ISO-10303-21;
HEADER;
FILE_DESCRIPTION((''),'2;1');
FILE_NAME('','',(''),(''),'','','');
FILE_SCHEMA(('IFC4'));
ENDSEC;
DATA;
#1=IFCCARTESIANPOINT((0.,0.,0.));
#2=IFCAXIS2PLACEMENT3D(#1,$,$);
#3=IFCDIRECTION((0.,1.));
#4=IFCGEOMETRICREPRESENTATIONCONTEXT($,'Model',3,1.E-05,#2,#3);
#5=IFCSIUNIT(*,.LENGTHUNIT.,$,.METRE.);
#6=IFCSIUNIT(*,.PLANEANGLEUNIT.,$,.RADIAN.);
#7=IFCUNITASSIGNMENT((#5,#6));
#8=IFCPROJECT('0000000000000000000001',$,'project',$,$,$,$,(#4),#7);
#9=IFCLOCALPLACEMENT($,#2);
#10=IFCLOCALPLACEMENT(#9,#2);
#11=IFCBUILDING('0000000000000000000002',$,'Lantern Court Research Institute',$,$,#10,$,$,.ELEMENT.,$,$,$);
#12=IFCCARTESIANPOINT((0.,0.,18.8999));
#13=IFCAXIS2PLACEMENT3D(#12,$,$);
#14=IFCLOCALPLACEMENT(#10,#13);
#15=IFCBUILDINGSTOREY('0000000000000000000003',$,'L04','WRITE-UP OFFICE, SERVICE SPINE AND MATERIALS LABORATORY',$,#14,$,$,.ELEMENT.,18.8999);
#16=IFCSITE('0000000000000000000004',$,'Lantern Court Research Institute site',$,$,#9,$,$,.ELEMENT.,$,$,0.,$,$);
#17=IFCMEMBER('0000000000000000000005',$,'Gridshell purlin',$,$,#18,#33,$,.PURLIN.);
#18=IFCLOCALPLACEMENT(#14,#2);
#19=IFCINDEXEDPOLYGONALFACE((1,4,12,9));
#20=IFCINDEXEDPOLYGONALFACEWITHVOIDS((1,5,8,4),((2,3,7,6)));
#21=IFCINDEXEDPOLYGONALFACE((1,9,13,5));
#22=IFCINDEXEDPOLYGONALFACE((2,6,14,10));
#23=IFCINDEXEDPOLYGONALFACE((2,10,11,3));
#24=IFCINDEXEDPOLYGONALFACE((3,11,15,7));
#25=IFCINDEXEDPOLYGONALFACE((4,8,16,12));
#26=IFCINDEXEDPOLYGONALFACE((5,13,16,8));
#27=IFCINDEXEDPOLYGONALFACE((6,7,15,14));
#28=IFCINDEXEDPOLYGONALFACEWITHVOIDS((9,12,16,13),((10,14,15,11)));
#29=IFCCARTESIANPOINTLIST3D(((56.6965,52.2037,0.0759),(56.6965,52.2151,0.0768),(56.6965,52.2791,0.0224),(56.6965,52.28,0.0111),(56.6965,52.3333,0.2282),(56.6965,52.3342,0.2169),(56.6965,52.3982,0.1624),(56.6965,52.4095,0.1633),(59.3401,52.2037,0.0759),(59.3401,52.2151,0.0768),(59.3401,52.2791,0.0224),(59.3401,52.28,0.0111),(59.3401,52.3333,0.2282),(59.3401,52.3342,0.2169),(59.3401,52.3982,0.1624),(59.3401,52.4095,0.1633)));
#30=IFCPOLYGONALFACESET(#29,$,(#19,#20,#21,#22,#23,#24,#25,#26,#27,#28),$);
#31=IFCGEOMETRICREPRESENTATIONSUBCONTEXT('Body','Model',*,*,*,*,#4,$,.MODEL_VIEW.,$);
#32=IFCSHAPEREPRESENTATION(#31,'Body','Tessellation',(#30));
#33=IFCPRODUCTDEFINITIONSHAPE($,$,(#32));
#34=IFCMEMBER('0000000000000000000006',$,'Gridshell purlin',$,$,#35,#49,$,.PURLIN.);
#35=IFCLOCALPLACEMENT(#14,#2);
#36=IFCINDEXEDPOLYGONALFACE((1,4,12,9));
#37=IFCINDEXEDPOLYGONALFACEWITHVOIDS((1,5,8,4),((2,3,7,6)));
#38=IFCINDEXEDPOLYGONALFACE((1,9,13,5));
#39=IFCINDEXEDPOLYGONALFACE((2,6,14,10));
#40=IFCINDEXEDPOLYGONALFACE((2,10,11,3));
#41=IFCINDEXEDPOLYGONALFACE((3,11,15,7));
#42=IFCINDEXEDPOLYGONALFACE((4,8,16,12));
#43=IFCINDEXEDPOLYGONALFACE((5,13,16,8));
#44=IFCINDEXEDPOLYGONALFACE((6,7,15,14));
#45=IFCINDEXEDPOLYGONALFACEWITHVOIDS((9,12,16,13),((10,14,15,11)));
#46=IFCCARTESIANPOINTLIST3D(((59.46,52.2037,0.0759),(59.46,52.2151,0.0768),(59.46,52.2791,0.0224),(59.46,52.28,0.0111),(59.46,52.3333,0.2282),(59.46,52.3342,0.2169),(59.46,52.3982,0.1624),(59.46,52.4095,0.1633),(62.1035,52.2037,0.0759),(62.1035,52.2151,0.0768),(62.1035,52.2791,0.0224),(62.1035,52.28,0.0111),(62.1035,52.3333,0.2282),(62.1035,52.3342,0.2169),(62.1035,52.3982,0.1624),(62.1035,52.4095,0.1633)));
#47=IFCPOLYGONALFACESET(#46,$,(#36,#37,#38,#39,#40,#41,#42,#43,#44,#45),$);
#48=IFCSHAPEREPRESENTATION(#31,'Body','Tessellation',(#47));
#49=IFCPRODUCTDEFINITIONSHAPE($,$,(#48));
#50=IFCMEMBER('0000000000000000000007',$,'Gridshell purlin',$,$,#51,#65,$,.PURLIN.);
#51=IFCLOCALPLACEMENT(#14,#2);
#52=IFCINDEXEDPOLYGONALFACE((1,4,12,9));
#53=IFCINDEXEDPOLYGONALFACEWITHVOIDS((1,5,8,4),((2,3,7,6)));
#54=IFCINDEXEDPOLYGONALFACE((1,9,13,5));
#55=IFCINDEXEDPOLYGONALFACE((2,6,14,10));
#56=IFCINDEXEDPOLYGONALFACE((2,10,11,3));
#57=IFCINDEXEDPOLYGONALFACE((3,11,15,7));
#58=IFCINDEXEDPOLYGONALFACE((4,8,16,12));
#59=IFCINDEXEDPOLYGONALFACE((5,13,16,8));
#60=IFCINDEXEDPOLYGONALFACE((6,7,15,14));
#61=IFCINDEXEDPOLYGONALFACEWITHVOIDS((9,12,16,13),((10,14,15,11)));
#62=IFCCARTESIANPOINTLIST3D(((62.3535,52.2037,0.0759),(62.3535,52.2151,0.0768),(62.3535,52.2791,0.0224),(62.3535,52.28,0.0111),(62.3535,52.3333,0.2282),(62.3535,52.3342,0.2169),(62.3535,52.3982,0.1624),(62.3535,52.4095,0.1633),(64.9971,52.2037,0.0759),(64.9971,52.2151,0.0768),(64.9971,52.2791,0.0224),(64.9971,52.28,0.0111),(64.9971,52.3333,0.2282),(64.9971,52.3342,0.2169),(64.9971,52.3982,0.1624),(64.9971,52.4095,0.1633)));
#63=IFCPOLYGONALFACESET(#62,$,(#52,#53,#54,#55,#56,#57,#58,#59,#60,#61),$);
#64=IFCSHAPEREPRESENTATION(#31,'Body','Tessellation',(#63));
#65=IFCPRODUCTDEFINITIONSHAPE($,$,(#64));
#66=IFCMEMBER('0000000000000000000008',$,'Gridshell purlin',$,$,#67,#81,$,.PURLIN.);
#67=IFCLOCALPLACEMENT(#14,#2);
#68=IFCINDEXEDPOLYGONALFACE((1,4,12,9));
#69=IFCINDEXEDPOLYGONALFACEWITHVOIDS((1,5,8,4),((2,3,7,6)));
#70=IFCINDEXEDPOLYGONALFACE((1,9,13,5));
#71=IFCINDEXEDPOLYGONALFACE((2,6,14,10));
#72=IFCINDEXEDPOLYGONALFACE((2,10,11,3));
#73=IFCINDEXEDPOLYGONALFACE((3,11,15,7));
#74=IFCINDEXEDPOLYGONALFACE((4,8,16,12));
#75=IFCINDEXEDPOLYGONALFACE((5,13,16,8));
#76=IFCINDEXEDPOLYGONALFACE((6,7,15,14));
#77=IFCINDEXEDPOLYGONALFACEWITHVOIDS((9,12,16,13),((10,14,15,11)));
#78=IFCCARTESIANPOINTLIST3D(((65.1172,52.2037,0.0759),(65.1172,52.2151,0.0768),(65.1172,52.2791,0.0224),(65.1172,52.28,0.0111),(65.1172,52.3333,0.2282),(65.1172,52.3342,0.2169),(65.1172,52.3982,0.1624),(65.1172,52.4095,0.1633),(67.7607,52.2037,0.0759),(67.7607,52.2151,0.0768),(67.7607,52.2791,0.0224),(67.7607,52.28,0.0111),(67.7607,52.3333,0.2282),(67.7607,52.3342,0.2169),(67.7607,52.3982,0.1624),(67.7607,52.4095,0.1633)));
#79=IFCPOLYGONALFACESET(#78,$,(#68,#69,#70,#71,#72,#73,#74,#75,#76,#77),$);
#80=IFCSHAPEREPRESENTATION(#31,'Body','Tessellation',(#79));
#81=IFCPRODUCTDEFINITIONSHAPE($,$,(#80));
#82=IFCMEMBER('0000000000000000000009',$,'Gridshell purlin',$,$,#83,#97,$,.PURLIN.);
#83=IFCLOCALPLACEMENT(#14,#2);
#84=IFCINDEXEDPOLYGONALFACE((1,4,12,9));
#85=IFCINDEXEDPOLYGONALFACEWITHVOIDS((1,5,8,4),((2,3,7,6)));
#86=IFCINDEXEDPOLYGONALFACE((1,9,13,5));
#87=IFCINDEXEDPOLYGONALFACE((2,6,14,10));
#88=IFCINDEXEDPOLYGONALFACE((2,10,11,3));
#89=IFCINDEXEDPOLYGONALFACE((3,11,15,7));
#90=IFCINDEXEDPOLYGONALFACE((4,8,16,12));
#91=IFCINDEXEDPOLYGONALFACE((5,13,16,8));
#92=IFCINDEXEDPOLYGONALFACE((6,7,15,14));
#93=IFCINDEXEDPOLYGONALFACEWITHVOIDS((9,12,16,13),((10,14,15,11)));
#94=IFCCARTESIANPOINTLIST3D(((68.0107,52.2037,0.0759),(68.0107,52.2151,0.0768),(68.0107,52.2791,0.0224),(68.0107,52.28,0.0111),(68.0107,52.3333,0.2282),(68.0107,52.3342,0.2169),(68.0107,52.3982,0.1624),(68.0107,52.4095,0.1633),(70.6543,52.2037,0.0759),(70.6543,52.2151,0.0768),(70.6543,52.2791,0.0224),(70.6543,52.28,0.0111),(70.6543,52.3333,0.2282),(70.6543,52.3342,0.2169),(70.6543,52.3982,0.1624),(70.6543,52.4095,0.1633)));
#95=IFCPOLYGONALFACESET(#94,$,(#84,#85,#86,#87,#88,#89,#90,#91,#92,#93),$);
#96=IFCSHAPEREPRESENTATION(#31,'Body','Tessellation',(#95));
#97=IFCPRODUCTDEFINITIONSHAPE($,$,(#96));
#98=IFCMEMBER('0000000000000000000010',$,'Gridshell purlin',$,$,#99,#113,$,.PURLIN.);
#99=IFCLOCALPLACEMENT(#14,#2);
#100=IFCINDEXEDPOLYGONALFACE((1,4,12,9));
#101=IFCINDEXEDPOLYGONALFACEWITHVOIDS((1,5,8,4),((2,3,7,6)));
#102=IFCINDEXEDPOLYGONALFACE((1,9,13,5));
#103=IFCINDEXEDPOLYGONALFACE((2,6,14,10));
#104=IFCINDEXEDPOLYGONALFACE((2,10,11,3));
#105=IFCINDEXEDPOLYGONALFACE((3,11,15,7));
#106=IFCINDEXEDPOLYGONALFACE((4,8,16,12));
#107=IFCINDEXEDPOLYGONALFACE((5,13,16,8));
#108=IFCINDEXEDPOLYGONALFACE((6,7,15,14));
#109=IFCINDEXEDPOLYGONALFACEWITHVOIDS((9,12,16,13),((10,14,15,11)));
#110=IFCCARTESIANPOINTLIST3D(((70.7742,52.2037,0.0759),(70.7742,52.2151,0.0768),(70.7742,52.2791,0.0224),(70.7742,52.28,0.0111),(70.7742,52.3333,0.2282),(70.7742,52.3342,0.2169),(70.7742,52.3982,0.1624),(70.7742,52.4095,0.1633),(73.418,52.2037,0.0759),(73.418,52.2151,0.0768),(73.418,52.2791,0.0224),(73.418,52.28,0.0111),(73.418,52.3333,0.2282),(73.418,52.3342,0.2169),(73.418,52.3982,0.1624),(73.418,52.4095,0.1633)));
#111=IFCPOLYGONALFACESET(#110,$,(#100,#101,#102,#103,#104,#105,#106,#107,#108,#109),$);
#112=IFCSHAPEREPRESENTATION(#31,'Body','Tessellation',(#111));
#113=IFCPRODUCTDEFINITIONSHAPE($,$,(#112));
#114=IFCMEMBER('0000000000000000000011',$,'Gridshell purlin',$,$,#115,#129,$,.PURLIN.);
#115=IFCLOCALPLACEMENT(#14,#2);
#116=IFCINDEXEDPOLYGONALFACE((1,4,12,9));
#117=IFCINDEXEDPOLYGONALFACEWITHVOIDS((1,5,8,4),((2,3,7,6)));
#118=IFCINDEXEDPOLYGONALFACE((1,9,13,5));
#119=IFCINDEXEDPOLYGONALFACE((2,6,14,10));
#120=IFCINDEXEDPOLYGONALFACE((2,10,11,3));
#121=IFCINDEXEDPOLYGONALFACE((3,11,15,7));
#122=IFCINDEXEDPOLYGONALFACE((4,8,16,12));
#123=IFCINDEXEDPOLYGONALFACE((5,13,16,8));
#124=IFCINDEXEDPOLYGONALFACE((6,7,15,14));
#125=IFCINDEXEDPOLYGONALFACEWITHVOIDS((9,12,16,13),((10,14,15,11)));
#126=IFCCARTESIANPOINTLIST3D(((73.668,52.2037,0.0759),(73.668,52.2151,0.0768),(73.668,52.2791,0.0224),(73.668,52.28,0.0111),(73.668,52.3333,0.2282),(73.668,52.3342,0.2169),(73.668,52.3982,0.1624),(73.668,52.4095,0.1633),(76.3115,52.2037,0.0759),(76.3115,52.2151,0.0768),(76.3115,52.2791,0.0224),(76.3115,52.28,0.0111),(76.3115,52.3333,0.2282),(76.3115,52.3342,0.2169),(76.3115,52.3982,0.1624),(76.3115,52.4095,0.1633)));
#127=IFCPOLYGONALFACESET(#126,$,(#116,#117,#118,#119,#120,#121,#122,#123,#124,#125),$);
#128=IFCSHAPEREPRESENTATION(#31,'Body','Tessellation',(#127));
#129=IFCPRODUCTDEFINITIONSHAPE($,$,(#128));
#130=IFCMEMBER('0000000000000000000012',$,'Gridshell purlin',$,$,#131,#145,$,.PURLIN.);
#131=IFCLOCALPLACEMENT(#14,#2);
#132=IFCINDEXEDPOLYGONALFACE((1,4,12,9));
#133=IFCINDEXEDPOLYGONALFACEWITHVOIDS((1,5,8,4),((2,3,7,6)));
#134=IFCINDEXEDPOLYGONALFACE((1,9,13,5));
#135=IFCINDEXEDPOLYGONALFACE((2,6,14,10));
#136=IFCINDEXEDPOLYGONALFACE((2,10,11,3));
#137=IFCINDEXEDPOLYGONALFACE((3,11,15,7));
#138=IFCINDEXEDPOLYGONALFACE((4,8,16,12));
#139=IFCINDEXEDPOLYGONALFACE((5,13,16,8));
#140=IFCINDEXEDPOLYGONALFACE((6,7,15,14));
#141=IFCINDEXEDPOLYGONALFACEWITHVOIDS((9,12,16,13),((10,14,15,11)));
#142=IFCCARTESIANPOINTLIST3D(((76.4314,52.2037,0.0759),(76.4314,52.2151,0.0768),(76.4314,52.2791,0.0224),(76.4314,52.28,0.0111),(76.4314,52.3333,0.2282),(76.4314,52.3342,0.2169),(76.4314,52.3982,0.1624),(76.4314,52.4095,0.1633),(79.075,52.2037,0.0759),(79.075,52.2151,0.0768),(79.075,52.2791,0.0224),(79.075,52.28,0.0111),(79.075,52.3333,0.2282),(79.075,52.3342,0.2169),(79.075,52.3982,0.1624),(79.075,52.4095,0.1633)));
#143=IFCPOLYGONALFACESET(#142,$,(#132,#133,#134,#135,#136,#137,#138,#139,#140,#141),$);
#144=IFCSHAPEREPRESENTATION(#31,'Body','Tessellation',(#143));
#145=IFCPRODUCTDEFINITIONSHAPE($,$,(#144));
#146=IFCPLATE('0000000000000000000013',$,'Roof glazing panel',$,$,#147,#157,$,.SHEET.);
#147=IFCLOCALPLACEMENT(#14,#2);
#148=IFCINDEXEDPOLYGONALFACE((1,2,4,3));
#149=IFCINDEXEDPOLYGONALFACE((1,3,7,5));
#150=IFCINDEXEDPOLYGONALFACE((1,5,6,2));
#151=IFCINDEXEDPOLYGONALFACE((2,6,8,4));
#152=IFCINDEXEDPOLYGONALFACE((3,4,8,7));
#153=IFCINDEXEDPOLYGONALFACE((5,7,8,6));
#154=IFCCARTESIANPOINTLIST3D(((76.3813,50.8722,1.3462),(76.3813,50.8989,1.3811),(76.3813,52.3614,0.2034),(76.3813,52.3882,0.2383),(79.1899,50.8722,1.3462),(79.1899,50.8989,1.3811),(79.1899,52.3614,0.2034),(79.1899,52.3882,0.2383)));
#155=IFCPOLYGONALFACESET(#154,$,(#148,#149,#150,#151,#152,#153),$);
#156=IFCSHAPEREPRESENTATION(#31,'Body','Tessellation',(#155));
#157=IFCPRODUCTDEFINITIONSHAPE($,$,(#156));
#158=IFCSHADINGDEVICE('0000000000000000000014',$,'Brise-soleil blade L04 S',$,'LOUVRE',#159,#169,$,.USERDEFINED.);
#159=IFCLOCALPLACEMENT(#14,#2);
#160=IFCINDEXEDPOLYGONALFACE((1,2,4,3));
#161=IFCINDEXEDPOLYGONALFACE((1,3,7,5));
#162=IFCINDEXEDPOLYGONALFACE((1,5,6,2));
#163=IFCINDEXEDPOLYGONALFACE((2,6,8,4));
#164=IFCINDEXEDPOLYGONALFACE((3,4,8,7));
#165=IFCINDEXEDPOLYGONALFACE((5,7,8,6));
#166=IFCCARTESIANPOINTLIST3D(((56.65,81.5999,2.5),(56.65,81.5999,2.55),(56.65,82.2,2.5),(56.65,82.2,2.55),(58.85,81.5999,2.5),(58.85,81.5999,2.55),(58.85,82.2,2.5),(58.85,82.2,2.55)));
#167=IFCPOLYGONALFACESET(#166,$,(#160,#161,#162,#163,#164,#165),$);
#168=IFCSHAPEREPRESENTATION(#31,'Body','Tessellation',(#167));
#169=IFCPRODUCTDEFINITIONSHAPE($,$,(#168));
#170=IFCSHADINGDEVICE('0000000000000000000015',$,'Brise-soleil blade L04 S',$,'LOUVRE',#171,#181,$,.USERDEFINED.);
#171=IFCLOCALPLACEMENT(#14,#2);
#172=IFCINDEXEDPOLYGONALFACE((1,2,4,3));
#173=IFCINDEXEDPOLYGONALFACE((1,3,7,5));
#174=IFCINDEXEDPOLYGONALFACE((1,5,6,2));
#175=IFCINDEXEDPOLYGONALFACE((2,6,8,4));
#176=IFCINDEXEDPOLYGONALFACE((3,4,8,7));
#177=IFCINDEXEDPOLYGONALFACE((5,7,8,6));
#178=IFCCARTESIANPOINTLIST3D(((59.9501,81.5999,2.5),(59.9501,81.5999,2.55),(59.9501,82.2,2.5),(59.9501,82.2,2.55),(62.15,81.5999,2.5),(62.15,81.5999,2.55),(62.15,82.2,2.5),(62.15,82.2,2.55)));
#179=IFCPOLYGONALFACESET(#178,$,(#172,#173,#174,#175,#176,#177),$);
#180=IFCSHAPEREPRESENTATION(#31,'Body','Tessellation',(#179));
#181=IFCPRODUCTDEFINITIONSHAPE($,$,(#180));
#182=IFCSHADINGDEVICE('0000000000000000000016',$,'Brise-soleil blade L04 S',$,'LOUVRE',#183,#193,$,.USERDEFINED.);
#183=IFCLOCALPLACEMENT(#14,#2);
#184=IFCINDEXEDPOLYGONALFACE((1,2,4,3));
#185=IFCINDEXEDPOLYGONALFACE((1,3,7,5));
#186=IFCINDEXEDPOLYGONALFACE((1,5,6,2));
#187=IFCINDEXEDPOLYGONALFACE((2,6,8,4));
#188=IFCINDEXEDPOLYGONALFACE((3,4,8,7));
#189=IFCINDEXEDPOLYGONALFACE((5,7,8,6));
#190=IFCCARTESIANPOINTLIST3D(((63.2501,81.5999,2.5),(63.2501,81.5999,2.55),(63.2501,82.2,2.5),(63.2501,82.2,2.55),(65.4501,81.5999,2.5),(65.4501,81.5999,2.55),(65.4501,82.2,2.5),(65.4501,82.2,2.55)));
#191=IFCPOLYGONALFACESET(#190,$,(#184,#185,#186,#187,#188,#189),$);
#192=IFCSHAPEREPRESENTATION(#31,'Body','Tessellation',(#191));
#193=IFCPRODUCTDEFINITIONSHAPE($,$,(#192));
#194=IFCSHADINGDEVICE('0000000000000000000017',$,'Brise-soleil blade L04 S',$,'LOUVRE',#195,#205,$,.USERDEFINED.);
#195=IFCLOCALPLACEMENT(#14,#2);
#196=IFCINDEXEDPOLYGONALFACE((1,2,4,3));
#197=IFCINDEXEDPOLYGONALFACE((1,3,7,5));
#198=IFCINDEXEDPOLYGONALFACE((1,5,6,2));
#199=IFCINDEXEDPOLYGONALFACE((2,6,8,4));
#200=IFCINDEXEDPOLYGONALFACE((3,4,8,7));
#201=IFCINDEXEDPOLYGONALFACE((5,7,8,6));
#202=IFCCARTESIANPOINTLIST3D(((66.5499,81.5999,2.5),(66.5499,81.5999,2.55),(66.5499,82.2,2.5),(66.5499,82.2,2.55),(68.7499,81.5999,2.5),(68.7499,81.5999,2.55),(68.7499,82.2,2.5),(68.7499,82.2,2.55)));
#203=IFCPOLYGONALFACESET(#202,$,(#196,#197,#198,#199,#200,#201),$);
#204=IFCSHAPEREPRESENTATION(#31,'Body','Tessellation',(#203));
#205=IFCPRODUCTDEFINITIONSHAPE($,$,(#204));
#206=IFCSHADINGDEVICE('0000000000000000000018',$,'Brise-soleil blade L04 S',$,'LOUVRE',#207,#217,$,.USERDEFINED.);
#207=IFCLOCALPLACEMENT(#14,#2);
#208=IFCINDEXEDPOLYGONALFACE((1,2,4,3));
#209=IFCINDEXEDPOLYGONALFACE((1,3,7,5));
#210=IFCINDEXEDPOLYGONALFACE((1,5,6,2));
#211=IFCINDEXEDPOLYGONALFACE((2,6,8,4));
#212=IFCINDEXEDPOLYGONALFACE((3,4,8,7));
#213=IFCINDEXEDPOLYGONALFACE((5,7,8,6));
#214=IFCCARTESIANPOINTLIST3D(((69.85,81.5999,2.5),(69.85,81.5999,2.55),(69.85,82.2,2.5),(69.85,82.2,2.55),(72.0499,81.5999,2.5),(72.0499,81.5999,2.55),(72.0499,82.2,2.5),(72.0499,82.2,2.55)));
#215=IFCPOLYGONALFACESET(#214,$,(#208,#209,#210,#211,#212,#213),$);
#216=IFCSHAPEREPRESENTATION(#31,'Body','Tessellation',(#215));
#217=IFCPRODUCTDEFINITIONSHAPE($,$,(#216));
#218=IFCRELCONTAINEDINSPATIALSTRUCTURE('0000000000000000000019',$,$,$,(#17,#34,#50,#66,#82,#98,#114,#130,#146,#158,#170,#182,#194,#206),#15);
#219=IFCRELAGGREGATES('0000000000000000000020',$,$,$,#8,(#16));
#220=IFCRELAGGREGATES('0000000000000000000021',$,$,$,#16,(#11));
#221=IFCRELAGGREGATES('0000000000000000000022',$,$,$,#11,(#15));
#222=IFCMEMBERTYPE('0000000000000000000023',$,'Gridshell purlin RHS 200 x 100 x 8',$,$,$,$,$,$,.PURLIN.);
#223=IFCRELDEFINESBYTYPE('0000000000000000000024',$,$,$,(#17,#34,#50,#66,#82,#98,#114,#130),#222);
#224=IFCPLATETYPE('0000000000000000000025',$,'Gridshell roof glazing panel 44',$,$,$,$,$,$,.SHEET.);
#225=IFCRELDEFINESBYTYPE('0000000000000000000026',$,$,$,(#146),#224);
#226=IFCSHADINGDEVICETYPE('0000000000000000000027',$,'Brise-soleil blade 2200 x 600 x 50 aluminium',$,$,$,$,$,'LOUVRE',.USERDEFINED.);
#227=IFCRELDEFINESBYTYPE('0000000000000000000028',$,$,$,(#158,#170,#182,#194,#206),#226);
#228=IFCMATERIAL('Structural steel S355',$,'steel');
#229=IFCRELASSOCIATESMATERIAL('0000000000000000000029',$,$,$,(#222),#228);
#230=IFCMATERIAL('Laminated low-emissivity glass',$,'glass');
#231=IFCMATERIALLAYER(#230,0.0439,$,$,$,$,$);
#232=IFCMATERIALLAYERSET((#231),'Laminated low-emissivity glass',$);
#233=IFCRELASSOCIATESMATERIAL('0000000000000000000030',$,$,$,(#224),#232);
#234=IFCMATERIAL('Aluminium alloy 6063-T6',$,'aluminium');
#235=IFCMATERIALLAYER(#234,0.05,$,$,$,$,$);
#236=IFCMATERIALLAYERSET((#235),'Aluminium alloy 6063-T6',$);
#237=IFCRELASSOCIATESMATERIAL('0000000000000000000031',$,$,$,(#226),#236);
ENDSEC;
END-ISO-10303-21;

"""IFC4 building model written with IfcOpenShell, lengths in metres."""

from ifc_helpers import new_model, si_unit, direction, frame, origin, origin_2d, place, context, subcontext, project, spatial, polyline, rectangle, hollow_rectangle, outline, extrude, material, layer, layer_set, material_profile, profile_set, type_object, element, save


model = new_model("IFC4")

# Units and contexts
model_context = context("Model", 3, precision=1e-05, world=origin(), true_north=direction((0.0, 1.0)))
body_context = subcontext(model_context, "Body", "Model", "MODEL_VIEW")
ifc_project = project(units=[si_unit("LENGTHUNIT", "METRE"), si_unit("PLANEANGLEUNIT", "RADIAN")], contexts=[model_context])

# Site, building, storey
site_placement = place(None, origin())
site = spatial("IfcSite", under=ifc_project, at=site_placement, Name="Lantern Court Research Institute site", CompositionType="ELEMENT", RefElevation=0.0)
building_placement = place(site_placement, origin())
building = spatial("IfcBuilding", under=site, at=building_placement, Name="Lantern Court Research Institute", CompositionType="ELEMENT")
storey_placement = place(building_placement, frame((0.0, 0.0, 18.8999)))
storey = spatial("IfcBuildingStorey", under=building, at=storey_placement, Name="L04", Description="WRITE-UP OFFICE, SERVICE SPINE AND MATERIALS LABORATORY", CompositionType="ELEMENT", Elevation=18.8999)

# Members
ifc_material_1 = material(Name="Structural steel S355", Category="steel")
ifc_material_profile_1 = material_profile(ifc_material_1, hollow_rectangle(XDim=0.1001, YDim=0.2, WallThickness=0.0081, at=origin_2d()), Name="Gridshell purlin RHS 200 x 100 x 8")
ifc_profile_set_1 = profile_set([ifc_material_profile_1], Name="Structural steel S355")
member_type = type_object("IfcMemberType", Name="Gridshell purlin RHS 200 x 100 x 8", PredefinedType="PURLIN", material=ifc_profile_set_1)
for number, where, z_axis, x_axis, name in (
    (1, (56.6965, 52.3066, 0.1196), (1.0, 0.0, 0.0), (0.0, 0.761673, -0.647962), "Gridshell purlin"),
    (2, (59.46, 52.3066, 0.1196), (1.0, 0.0, 0.0), (0.0, 0.761673, -0.647962), "Gridshell purlin"),
    (3, (62.3535, 52.3066, 0.1196), (1.0, 0.0, 0.0), (0.0, 0.761673, -0.647962), "Gridshell purlin"),
    (4, (65.1172, 52.3066, 0.1196), (1.0, 0.0, 0.0), (0.0, 0.761673, -0.647962), "Gridshell purlin"),
    (5, (68.0107, 52.3066, 0.1196), (1.0, 0.0, 0.0), (0.0, 0.761673, -0.647962), "Gridshell purlin"),
):
    element("IfcMember", number, at=place(storey_placement, frame(where, z_axis=z_axis, x_axis=x_axis)), inside=storey, type_object=member_type, Name=name, PredefinedType="PURLIN", context=body_context, shape_type="SweptSolid", body=[
        extrude(hollow_rectangle(XDim=0.1001, YDim=0.2, WallThickness=0.0081, at=origin_2d()), origin(), (0.0, 0.0, 1.0), 2.6436),
    ])
member_placement = place(storey_placement, frame((70.7742, 52.3066, 0.1196), z_axis=(1.0, 0.0, 0.0), x_axis=(0.0, 0.761673, -0.647962)))
element("IfcMember", 6, at=member_placement, inside=storey, type_object=member_type, Name="Gridshell purlin", PredefinedType="PURLIN", context=body_context, shape_type="SweptSolid", body=[
    extrude(hollow_rectangle(XDim=0.1001, YDim=0.2, WallThickness=0.0081, at=origin_2d()), origin(), (0.0, 0.0, 1.0), 2.6438),
])
for number, where, z_axis, x_axis, name in (
    (7, (73.668, 52.3066, 0.1196), (1.0, 0.0, 0.0), (0.0, 0.761673, -0.647962), "Gridshell purlin"),
    (8, (76.4314, 52.3066, 0.1196), (1.0, 0.0, 0.0), (0.0, 0.761673, -0.647962), "Gridshell purlin"),
):
    element("IfcMember", number, at=place(storey_placement, frame(where, z_axis=z_axis, x_axis=x_axis)), inside=storey, type_object=member_type, Name=name, PredefinedType="PURLIN", context=body_context, shape_type="SweptSolid", body=[
        extrude(hollow_rectangle(XDim=0.1001, YDim=0.2, WallThickness=0.0081, at=origin_2d()), origin(), (0.0, 0.0, 1.0), 2.6436),
    ])

# Plate
ifc_material_2 = material(Name="Laminated low-emissivity glass", Category="glass")
ifc_layer_1 = layer(ifc_material_2, 0.0439)
ifc_layer_set_1 = layer_set([ifc_layer_1], Name="Laminated low-emissivity glass")
plate_type = type_object("IfcPlateType", Name="Gridshell roof glazing panel 44", PredefinedType="SHEET", material=ifc_layer_set_1)
plate_placement = place(storey_placement, frame((79.1899, 50.8989, 1.3811), z_axis=(0.0, 0.608786, 0.793334), x_axis=(-1.0, 0.0, 0.0)))
element("IfcPlate", 9, at=plate_placement, inside=storey, type_object=plate_type, Name="Roof glazing panel", PredefinedType="SHEET", context=body_context, shape_type="SweptSolid", body=[
    extrude(outline(polyline([(0.0, 0.0), (2.8086, 0.0), (2.8086, -1.8772), (0.0, -1.8772), (0.0, 0.0)])), origin(), (0.0, 0.0, -1.0), 0.0439),
])

# Shading devices
ifc_material_3 = material(Name="Aluminium alloy 6063-T6", Category="aluminium")
ifc_layer_2 = layer(ifc_material_3, 0.05)
ifc_layer_set_2 = layer_set([ifc_layer_2], Name="Aluminium alloy 6063-T6")
shading_device_type = type_object("IfcShadingDeviceType", Name="Brise-soleil blade 2200 x 600 x 50 aluminium", ElementType="LOUVRE", PredefinedType="USERDEFINED", material=ifc_layer_set_2)
for number, where, z_axis, x_axis, name in (
    (10, (57.75, 81.8999, 2.5), (0.0, 0.0, 1.0), (-1.0, 0.0, 0.0), "Brise-soleil blade L04 S"),
    (11, (61.05, 81.8999, 2.5), (0.0, 0.0, 1.0), (-1.0, 0.0, 0.0), "Brise-soleil blade L04 S"),
    (12, (64.3501, 81.8999, 2.5), (0.0, 0.0, 1.0), (-1.0, 0.0, 0.0), "Brise-soleil blade L04 S"),
    (13, (67.6499, 81.8999, 2.5), (0.0, 0.0, 1.0), (-1.0, 0.0, 0.0), "Brise-soleil blade L04 S"),
    (14, (70.95, 81.8999, 2.5), (0.0, 0.0, 1.0), (-1.0, 0.0, 0.0), "Brise-soleil blade L04 S"),
):
    element("IfcShadingDevice", number, at=place(storey_placement, frame(where, z_axis=z_axis, x_axis=x_axis)), inside=storey, type_object=shading_device_type, Name=name, ObjectType="LOUVRE", PredefinedType="USERDEFINED", context=body_context, shape_type="SweptSolid", body=[
        extrude(rectangle(XDim=2.2, YDim=0.6001, at=origin_2d()), origin(), (0.0, 0.0, 1.0), 0.05),
    ])

save(model, "model.ifc")
